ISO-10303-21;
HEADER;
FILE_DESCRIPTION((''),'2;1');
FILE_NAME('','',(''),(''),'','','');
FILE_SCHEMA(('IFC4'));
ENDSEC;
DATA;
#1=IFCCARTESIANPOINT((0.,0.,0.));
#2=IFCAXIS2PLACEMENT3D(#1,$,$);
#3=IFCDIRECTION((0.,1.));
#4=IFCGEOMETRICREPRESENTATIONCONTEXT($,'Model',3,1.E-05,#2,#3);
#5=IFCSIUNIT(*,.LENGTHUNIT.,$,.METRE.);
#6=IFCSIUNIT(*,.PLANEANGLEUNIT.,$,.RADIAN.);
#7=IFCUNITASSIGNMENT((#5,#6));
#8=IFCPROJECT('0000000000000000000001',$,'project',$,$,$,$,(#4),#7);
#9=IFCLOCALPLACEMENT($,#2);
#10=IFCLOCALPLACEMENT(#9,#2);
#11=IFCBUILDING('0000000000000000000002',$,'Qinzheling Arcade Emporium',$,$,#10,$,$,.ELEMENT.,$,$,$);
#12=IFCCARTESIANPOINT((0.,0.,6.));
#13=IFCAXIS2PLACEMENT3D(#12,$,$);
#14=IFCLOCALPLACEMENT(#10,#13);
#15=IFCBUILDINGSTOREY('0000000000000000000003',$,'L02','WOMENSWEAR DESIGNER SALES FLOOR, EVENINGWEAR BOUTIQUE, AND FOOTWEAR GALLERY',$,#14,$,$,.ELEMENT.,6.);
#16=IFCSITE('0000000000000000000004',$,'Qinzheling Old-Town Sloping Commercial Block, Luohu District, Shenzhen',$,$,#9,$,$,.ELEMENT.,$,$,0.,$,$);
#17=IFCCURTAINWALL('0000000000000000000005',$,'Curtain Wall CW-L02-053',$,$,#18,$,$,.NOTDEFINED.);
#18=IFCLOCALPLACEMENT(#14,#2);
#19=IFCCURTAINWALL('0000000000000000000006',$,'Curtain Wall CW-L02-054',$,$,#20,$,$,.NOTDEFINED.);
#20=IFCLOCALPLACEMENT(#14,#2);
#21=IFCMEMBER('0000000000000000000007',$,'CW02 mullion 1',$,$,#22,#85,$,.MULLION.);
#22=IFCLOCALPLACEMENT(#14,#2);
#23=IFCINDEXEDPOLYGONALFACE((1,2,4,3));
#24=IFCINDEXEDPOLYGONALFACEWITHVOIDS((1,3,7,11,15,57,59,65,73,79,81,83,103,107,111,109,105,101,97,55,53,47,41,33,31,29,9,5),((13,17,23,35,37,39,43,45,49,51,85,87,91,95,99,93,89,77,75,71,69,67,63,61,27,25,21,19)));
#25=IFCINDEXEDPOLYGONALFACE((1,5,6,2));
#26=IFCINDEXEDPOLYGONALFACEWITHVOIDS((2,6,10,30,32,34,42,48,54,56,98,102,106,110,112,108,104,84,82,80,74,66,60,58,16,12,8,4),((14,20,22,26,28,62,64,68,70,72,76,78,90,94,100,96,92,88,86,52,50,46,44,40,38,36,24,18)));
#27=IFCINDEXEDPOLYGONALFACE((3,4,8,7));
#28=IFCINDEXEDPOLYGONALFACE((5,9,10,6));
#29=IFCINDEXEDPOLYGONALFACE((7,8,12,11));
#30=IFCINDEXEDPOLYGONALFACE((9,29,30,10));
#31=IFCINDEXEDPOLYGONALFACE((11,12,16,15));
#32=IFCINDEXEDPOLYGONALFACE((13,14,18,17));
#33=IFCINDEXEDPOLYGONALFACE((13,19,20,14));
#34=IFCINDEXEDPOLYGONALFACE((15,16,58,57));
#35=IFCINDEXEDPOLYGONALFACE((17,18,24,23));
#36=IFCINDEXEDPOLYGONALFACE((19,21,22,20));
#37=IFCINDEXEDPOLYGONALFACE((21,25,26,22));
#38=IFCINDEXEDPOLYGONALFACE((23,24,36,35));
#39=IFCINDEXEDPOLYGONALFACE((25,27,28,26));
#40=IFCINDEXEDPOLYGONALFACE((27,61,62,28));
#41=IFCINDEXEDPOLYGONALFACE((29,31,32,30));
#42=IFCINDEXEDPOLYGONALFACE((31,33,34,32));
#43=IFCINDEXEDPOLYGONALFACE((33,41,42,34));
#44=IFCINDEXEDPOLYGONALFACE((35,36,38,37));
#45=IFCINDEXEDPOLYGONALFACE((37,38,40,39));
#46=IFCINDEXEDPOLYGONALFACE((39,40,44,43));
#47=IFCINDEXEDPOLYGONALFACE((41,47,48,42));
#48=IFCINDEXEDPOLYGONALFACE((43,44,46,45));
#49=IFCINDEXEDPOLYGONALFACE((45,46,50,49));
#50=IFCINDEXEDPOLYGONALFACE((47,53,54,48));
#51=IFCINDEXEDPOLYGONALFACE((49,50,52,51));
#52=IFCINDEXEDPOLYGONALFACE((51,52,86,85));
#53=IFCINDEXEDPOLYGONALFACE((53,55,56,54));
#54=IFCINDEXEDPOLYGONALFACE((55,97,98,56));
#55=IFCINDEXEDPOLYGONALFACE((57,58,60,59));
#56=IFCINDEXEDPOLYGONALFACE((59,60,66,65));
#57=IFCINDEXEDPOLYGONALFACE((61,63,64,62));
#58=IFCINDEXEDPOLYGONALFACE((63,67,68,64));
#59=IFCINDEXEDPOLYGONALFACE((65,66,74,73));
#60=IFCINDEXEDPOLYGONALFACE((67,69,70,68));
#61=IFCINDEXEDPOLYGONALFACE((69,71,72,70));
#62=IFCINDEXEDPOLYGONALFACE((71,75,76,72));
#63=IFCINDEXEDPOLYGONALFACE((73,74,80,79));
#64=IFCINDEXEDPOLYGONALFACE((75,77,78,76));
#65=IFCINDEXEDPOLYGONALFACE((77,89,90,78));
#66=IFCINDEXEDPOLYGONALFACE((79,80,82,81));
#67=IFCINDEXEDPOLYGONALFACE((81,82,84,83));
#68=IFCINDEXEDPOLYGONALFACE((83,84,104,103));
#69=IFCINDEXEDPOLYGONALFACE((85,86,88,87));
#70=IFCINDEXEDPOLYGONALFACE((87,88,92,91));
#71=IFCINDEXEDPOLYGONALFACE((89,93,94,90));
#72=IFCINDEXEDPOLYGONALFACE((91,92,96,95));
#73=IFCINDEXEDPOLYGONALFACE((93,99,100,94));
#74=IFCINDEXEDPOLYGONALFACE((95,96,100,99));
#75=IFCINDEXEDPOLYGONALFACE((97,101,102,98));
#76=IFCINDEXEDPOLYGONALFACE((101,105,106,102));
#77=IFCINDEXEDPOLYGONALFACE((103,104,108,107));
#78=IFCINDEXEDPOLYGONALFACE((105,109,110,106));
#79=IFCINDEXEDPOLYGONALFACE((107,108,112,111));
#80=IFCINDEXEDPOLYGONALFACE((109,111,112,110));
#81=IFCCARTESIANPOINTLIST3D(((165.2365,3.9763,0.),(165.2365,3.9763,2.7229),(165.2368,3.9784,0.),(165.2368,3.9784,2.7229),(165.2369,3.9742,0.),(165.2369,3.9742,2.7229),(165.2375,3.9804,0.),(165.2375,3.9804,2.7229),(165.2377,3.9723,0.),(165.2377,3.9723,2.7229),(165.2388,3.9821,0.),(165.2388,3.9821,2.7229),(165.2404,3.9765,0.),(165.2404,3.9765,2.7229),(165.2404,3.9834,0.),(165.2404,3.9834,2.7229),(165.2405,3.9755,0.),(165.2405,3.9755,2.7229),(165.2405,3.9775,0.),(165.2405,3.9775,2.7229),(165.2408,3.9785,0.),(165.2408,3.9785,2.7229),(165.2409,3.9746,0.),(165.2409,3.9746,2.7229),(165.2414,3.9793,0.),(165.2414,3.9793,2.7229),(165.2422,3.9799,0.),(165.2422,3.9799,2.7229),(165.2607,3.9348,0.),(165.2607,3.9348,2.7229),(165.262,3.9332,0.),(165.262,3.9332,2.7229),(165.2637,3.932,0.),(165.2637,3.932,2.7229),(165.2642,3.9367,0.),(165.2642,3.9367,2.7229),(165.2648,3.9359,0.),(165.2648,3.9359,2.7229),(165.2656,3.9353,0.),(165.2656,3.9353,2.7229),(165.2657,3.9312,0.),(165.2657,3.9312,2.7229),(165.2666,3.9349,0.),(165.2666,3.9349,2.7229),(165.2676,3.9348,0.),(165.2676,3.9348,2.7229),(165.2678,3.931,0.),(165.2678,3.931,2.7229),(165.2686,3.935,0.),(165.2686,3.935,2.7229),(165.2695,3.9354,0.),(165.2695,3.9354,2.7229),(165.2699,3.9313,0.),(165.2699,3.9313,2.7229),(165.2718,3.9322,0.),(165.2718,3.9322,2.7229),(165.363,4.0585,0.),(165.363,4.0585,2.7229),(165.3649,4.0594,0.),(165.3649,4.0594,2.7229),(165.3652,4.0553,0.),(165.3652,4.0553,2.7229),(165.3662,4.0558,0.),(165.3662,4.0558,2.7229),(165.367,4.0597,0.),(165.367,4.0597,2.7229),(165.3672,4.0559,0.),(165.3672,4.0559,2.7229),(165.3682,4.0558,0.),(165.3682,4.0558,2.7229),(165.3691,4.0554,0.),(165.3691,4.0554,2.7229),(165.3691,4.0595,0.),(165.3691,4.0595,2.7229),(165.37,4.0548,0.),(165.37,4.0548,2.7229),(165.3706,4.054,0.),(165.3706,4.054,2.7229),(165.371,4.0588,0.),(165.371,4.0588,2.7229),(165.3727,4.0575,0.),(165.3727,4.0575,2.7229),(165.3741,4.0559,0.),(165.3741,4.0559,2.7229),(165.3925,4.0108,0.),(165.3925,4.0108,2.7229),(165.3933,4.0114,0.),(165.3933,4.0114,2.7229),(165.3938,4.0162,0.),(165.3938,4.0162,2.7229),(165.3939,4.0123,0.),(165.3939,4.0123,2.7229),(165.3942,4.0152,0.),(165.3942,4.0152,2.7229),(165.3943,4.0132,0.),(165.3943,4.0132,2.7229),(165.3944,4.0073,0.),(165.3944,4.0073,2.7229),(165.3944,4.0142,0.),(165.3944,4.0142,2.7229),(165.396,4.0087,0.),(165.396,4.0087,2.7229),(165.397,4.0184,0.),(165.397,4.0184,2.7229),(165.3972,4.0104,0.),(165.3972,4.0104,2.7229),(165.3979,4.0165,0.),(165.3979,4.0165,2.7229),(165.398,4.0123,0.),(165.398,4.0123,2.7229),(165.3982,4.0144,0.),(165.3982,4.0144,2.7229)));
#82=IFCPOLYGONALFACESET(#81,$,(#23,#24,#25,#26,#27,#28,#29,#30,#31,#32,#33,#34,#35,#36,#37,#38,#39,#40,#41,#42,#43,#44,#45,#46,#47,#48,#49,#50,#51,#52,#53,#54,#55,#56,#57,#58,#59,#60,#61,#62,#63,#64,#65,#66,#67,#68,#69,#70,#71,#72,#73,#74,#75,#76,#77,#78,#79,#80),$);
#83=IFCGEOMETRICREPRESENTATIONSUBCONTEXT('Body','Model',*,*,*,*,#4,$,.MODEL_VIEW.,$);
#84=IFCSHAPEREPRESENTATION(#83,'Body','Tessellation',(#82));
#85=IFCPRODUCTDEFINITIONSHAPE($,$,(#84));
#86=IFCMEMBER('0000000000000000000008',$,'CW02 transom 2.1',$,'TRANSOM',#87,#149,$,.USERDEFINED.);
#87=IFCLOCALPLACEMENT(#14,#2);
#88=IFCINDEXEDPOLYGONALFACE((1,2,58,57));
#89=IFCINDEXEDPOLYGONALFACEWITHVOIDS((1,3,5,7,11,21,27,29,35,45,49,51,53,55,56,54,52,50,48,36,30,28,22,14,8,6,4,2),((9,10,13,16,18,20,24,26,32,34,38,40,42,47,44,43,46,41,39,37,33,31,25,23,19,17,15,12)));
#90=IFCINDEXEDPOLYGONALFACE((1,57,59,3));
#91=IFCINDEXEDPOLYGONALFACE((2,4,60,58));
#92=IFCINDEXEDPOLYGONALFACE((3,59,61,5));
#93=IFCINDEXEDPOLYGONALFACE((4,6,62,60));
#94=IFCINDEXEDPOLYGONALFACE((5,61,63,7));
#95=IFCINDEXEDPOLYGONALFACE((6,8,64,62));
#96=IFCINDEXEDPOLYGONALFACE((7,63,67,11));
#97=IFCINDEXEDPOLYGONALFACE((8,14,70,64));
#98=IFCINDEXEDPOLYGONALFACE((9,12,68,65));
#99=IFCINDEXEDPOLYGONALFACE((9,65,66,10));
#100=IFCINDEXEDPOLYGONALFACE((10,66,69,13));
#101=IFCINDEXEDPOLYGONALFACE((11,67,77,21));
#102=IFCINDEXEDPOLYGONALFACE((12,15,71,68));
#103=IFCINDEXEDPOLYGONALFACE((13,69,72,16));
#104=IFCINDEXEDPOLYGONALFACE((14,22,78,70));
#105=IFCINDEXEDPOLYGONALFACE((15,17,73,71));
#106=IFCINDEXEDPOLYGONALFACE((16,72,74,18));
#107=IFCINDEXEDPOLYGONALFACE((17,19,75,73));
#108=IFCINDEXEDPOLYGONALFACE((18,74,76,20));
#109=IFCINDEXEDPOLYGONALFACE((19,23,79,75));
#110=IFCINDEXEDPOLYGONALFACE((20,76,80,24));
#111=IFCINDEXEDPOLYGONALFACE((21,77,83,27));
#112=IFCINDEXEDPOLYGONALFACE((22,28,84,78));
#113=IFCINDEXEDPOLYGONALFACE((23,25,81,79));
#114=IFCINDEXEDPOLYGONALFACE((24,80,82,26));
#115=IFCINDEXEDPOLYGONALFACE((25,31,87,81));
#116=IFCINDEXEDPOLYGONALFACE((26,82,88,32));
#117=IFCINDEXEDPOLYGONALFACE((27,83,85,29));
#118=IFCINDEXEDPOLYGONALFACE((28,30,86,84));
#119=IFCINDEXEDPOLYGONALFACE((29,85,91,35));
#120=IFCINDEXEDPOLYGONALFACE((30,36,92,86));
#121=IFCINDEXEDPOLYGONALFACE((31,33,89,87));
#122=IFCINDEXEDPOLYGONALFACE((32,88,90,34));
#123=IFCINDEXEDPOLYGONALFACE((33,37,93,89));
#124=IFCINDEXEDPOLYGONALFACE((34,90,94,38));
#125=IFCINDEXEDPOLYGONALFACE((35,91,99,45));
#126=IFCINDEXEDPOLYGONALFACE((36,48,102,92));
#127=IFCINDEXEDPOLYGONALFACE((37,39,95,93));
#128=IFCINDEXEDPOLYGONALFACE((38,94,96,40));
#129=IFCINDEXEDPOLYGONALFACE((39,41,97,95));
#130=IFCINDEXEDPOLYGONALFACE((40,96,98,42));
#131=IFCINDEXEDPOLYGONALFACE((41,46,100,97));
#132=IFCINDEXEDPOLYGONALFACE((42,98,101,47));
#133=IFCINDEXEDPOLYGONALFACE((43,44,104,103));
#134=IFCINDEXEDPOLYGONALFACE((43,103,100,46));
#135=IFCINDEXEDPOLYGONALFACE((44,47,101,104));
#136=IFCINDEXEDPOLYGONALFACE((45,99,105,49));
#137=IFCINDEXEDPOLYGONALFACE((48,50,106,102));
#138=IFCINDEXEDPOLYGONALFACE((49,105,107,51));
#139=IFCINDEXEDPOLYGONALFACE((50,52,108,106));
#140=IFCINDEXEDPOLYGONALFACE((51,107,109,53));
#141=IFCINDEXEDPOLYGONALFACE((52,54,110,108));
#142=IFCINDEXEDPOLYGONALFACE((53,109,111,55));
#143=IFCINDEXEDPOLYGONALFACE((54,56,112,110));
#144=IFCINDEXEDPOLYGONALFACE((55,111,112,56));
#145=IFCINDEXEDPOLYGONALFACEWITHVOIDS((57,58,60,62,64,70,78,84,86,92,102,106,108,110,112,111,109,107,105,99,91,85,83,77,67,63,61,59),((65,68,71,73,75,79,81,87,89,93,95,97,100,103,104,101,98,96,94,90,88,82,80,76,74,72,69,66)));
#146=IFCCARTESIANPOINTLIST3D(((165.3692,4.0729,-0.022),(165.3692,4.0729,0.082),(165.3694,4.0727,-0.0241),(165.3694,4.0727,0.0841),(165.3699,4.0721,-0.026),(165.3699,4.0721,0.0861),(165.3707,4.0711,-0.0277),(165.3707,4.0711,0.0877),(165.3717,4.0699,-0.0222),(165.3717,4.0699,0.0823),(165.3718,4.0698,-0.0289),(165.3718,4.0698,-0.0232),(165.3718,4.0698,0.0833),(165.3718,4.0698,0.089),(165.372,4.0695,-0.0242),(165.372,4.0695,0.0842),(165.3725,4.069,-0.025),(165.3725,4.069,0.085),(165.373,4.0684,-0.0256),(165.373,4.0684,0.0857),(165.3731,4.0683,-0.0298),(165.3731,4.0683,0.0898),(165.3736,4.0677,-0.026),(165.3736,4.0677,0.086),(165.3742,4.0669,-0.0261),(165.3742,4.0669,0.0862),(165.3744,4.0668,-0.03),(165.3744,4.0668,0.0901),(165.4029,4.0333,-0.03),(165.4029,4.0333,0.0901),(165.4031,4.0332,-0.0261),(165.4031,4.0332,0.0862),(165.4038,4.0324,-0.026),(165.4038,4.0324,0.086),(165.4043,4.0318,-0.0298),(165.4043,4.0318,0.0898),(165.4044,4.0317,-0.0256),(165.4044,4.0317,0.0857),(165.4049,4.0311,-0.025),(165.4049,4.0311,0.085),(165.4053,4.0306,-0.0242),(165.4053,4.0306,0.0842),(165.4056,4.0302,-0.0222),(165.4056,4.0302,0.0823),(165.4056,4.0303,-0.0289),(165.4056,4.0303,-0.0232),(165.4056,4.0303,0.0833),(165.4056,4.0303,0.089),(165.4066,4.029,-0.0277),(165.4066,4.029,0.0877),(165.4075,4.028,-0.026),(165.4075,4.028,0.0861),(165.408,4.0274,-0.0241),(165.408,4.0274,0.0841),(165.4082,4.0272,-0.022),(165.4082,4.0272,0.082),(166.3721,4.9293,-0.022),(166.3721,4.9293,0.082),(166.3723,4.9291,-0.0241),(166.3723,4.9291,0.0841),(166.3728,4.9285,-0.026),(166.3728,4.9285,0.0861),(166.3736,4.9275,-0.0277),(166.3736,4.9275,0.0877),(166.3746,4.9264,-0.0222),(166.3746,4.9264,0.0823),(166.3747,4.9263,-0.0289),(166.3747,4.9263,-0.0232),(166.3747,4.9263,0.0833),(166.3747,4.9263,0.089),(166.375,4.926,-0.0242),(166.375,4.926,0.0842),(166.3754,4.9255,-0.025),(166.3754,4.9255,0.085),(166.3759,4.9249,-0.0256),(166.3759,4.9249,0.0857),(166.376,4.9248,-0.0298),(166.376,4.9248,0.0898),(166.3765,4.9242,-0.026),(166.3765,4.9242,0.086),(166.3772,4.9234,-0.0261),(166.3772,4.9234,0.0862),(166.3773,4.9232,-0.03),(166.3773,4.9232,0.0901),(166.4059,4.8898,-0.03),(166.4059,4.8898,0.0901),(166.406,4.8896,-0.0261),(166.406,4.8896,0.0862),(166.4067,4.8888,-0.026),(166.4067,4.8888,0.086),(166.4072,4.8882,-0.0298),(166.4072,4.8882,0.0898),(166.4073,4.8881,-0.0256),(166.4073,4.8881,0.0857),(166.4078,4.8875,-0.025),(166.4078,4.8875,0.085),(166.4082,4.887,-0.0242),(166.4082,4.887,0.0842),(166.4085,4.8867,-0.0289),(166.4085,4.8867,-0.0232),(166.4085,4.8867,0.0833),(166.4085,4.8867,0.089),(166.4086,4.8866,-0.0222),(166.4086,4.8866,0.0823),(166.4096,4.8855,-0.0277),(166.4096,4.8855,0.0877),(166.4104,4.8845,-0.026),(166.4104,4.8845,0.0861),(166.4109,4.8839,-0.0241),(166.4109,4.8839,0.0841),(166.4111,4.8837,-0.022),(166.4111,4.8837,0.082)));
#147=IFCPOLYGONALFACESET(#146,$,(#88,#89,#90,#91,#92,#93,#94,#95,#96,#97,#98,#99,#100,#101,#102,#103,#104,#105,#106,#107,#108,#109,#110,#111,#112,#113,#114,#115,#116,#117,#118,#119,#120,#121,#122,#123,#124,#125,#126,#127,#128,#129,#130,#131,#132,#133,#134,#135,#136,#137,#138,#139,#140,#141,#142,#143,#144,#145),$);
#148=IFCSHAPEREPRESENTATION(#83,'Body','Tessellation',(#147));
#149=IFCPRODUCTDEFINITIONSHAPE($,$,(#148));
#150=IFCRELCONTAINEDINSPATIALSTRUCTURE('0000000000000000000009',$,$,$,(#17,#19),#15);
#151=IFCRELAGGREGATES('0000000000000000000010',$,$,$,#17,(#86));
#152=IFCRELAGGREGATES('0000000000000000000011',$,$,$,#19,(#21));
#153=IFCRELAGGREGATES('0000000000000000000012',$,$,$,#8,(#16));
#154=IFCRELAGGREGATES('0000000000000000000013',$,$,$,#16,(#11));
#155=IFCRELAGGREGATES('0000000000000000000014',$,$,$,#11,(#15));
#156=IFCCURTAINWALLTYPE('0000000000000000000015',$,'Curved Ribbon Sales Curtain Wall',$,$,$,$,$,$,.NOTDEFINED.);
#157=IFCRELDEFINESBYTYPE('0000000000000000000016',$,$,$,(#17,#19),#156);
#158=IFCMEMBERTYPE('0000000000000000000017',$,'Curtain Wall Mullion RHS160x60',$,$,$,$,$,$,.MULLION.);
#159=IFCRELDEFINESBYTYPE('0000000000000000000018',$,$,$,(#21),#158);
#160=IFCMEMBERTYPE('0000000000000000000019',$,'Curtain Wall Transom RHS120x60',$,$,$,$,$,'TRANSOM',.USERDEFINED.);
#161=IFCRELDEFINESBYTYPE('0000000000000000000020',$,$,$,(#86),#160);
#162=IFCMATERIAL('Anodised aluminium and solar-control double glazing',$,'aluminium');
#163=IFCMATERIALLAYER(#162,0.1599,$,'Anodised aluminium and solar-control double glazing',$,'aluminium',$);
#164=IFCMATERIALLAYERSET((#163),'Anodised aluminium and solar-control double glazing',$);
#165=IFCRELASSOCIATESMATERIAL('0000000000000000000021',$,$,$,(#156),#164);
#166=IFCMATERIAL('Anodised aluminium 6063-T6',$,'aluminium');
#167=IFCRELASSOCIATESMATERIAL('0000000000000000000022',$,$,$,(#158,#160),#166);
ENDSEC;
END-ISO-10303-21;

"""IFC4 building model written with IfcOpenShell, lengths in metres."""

from ifc_helpers import new_model, si_unit, direction, frame, origin, origin_2d, place, context, subcontext, project, spatial, hollow_rectangle, extrude, material, layer, layer_set, material_profile, profile_set, type_object, element, aggregate, save


model = new_model("IFC4")

# Units and contexts
model_context = context("Model", 3, precision=1e-05, world=origin(), true_north=direction((0.0, 1.0)))
body_context = subcontext(model_context, "Body", "Model", "MODEL_VIEW")
ifc_project = project(units=[si_unit("LENGTHUNIT", "METRE"), si_unit("PLANEANGLEUNIT", "RADIAN")], contexts=[model_context])

# Site, building, storey
site_placement = place(None, origin())
site = spatial("IfcSite", under=ifc_project, at=site_placement, Name="Qinzheling Old-Town Sloping Commercial Block, Luohu District, Shenzhen", CompositionType="ELEMENT", RefElevation=0.0)
building_placement = place(site_placement, origin())
building = spatial("IfcBuilding", under=site, at=building_placement, Name="Qinzheling Arcade Emporium", CompositionType="ELEMENT")
storey_placement = place(building_placement, frame((0.0, 0.0, 6.0)))
storey = spatial("IfcBuildingStorey", under=building, at=storey_placement, Name="L02", Description="WOMENSWEAR DESIGNER SALES FLOOR, EVENINGWEAR BOUTIQUE, AND FOOTWEAR GALLERY", CompositionType="ELEMENT", Elevation=6.0)

# Curtain wall
ifc_material_1 = material(Name="Anodised aluminium and solar-control double glazing", Category="aluminium")
ifc_layer_1 = layer(ifc_material_1, 0.1599, Name="Anodised aluminium and solar-control double glazing", Category="aluminium")
ifc_layer_set_1 = layer_set([ifc_layer_1], Name="Anodised aluminium and solar-control double glazing")
curtain_wall_type = type_object("IfcCurtainWallType", Name="Curved Ribbon Sales Curtain Wall", PredefinedType="NOTDEFINED", material=ifc_layer_set_1)
curtain_wall_1_placement = place(storey_placement, origin())
curtain_wall_1 = element("IfcCurtainWall", 1, at=curtain_wall_1_placement, inside=storey, type_object=curtain_wall_type, Name="Curtain Wall CW-L02-053", PredefinedType="NOTDEFINED")
ifc_material_2 = material(Name="Anodised aluminium 6063-T6", Category="aluminium")
ifc_material_profile_1 = material_profile(ifc_material_2, hollow_rectangle(XDim=0.0601, YDim=0.1599, WallThickness=0.0039, InnerFilletRadius=0.0039, OuterFilletRadius=0.0081, at=origin_2d()), Name="RHS 160x60x4", Category="aluminium")
ifc_profile_set_1 = profile_set([ifc_material_profile_1], Name="Anodised aluminium 6063-T6")
member_type_1 = type_object("IfcMemberType", Name="Curtain Wall Mullion RHS160x60", PredefinedType="MULLION", material=ifc_profile_set_1)

# Curtain wall, member
curtain_wall_2_placement = place(storey_placement, origin())
curtain_wall_2 = element("IfcCurtainWall", 2, at=curtain_wall_2_placement, inside=storey, type_object=curtain_wall_type, Name="Curtain Wall CW-L02-054", PredefinedType="NOTDEFINED")
member_1_placement = place(storey_placement, frame((165.3174, 3.9954, 0.0), z_axis=(0.0, 0.0, 1.0), x_axis=(0.52264, -0.852553, 0.0)))
member_1 = element("IfcMember", 3, at=member_1_placement, type_object=member_type_1, Name="CW02 mullion 1", PredefinedType="MULLION", context=body_context, shape_type="SweptSolid", body=[
    extrude(hollow_rectangle(XDim=0.0601, YDim=0.1599, WallThickness=0.0039, InnerFilletRadius=0.0039, OuterFilletRadius=0.0081, at=origin_2d()), origin(), (0.0, 0.0, 1.0), 2.7229),
])

# Member
ifc_material_profile_2 = material_profile(ifc_material_2, hollow_rectangle(XDim=0.0601, YDim=0.1201, WallThickness=0.0039, InnerFilletRadius=0.0039, OuterFilletRadius=0.0081, at=origin_2d()), Name="RHS 120x60x4", Category="aluminium")
ifc_profile_set_2 = profile_set([ifc_material_profile_2], Name="Anodised aluminium 6063-T6")
member_type_2 = type_object("IfcMemberType", Name="Curtain Wall Transom RHS120x60", ElementType="TRANSOM", PredefinedType="USERDEFINED", material=ifc_profile_set_2)
member_2_placement = place(storey_placement, frame((166.3916, 4.9065, 0.03), z_axis=(-0.760457, -0.649388, 0.0), x_axis=(0.649388, -0.760457, 0.0)))
member_2 = element("IfcMember", 4, at=member_2_placement, type_object=member_type_2, Name="CW02 transom 2.1", ObjectType="TRANSOM", PredefinedType="USERDEFINED", context=body_context, shape_type="SweptSolid", body=[
    extrude(hollow_rectangle(XDim=0.0601, YDim=0.1201, WallThickness=0.0039, InnerFilletRadius=0.0039, OuterFilletRadius=0.0081, at=origin_2d()), origin(), (0.0, 0.0, 1.0), 1.3188),
])

aggregate(curtain_wall_1, [member_2])
aggregate(curtain_wall_2, [member_1])

save(model, "model.ifc")
